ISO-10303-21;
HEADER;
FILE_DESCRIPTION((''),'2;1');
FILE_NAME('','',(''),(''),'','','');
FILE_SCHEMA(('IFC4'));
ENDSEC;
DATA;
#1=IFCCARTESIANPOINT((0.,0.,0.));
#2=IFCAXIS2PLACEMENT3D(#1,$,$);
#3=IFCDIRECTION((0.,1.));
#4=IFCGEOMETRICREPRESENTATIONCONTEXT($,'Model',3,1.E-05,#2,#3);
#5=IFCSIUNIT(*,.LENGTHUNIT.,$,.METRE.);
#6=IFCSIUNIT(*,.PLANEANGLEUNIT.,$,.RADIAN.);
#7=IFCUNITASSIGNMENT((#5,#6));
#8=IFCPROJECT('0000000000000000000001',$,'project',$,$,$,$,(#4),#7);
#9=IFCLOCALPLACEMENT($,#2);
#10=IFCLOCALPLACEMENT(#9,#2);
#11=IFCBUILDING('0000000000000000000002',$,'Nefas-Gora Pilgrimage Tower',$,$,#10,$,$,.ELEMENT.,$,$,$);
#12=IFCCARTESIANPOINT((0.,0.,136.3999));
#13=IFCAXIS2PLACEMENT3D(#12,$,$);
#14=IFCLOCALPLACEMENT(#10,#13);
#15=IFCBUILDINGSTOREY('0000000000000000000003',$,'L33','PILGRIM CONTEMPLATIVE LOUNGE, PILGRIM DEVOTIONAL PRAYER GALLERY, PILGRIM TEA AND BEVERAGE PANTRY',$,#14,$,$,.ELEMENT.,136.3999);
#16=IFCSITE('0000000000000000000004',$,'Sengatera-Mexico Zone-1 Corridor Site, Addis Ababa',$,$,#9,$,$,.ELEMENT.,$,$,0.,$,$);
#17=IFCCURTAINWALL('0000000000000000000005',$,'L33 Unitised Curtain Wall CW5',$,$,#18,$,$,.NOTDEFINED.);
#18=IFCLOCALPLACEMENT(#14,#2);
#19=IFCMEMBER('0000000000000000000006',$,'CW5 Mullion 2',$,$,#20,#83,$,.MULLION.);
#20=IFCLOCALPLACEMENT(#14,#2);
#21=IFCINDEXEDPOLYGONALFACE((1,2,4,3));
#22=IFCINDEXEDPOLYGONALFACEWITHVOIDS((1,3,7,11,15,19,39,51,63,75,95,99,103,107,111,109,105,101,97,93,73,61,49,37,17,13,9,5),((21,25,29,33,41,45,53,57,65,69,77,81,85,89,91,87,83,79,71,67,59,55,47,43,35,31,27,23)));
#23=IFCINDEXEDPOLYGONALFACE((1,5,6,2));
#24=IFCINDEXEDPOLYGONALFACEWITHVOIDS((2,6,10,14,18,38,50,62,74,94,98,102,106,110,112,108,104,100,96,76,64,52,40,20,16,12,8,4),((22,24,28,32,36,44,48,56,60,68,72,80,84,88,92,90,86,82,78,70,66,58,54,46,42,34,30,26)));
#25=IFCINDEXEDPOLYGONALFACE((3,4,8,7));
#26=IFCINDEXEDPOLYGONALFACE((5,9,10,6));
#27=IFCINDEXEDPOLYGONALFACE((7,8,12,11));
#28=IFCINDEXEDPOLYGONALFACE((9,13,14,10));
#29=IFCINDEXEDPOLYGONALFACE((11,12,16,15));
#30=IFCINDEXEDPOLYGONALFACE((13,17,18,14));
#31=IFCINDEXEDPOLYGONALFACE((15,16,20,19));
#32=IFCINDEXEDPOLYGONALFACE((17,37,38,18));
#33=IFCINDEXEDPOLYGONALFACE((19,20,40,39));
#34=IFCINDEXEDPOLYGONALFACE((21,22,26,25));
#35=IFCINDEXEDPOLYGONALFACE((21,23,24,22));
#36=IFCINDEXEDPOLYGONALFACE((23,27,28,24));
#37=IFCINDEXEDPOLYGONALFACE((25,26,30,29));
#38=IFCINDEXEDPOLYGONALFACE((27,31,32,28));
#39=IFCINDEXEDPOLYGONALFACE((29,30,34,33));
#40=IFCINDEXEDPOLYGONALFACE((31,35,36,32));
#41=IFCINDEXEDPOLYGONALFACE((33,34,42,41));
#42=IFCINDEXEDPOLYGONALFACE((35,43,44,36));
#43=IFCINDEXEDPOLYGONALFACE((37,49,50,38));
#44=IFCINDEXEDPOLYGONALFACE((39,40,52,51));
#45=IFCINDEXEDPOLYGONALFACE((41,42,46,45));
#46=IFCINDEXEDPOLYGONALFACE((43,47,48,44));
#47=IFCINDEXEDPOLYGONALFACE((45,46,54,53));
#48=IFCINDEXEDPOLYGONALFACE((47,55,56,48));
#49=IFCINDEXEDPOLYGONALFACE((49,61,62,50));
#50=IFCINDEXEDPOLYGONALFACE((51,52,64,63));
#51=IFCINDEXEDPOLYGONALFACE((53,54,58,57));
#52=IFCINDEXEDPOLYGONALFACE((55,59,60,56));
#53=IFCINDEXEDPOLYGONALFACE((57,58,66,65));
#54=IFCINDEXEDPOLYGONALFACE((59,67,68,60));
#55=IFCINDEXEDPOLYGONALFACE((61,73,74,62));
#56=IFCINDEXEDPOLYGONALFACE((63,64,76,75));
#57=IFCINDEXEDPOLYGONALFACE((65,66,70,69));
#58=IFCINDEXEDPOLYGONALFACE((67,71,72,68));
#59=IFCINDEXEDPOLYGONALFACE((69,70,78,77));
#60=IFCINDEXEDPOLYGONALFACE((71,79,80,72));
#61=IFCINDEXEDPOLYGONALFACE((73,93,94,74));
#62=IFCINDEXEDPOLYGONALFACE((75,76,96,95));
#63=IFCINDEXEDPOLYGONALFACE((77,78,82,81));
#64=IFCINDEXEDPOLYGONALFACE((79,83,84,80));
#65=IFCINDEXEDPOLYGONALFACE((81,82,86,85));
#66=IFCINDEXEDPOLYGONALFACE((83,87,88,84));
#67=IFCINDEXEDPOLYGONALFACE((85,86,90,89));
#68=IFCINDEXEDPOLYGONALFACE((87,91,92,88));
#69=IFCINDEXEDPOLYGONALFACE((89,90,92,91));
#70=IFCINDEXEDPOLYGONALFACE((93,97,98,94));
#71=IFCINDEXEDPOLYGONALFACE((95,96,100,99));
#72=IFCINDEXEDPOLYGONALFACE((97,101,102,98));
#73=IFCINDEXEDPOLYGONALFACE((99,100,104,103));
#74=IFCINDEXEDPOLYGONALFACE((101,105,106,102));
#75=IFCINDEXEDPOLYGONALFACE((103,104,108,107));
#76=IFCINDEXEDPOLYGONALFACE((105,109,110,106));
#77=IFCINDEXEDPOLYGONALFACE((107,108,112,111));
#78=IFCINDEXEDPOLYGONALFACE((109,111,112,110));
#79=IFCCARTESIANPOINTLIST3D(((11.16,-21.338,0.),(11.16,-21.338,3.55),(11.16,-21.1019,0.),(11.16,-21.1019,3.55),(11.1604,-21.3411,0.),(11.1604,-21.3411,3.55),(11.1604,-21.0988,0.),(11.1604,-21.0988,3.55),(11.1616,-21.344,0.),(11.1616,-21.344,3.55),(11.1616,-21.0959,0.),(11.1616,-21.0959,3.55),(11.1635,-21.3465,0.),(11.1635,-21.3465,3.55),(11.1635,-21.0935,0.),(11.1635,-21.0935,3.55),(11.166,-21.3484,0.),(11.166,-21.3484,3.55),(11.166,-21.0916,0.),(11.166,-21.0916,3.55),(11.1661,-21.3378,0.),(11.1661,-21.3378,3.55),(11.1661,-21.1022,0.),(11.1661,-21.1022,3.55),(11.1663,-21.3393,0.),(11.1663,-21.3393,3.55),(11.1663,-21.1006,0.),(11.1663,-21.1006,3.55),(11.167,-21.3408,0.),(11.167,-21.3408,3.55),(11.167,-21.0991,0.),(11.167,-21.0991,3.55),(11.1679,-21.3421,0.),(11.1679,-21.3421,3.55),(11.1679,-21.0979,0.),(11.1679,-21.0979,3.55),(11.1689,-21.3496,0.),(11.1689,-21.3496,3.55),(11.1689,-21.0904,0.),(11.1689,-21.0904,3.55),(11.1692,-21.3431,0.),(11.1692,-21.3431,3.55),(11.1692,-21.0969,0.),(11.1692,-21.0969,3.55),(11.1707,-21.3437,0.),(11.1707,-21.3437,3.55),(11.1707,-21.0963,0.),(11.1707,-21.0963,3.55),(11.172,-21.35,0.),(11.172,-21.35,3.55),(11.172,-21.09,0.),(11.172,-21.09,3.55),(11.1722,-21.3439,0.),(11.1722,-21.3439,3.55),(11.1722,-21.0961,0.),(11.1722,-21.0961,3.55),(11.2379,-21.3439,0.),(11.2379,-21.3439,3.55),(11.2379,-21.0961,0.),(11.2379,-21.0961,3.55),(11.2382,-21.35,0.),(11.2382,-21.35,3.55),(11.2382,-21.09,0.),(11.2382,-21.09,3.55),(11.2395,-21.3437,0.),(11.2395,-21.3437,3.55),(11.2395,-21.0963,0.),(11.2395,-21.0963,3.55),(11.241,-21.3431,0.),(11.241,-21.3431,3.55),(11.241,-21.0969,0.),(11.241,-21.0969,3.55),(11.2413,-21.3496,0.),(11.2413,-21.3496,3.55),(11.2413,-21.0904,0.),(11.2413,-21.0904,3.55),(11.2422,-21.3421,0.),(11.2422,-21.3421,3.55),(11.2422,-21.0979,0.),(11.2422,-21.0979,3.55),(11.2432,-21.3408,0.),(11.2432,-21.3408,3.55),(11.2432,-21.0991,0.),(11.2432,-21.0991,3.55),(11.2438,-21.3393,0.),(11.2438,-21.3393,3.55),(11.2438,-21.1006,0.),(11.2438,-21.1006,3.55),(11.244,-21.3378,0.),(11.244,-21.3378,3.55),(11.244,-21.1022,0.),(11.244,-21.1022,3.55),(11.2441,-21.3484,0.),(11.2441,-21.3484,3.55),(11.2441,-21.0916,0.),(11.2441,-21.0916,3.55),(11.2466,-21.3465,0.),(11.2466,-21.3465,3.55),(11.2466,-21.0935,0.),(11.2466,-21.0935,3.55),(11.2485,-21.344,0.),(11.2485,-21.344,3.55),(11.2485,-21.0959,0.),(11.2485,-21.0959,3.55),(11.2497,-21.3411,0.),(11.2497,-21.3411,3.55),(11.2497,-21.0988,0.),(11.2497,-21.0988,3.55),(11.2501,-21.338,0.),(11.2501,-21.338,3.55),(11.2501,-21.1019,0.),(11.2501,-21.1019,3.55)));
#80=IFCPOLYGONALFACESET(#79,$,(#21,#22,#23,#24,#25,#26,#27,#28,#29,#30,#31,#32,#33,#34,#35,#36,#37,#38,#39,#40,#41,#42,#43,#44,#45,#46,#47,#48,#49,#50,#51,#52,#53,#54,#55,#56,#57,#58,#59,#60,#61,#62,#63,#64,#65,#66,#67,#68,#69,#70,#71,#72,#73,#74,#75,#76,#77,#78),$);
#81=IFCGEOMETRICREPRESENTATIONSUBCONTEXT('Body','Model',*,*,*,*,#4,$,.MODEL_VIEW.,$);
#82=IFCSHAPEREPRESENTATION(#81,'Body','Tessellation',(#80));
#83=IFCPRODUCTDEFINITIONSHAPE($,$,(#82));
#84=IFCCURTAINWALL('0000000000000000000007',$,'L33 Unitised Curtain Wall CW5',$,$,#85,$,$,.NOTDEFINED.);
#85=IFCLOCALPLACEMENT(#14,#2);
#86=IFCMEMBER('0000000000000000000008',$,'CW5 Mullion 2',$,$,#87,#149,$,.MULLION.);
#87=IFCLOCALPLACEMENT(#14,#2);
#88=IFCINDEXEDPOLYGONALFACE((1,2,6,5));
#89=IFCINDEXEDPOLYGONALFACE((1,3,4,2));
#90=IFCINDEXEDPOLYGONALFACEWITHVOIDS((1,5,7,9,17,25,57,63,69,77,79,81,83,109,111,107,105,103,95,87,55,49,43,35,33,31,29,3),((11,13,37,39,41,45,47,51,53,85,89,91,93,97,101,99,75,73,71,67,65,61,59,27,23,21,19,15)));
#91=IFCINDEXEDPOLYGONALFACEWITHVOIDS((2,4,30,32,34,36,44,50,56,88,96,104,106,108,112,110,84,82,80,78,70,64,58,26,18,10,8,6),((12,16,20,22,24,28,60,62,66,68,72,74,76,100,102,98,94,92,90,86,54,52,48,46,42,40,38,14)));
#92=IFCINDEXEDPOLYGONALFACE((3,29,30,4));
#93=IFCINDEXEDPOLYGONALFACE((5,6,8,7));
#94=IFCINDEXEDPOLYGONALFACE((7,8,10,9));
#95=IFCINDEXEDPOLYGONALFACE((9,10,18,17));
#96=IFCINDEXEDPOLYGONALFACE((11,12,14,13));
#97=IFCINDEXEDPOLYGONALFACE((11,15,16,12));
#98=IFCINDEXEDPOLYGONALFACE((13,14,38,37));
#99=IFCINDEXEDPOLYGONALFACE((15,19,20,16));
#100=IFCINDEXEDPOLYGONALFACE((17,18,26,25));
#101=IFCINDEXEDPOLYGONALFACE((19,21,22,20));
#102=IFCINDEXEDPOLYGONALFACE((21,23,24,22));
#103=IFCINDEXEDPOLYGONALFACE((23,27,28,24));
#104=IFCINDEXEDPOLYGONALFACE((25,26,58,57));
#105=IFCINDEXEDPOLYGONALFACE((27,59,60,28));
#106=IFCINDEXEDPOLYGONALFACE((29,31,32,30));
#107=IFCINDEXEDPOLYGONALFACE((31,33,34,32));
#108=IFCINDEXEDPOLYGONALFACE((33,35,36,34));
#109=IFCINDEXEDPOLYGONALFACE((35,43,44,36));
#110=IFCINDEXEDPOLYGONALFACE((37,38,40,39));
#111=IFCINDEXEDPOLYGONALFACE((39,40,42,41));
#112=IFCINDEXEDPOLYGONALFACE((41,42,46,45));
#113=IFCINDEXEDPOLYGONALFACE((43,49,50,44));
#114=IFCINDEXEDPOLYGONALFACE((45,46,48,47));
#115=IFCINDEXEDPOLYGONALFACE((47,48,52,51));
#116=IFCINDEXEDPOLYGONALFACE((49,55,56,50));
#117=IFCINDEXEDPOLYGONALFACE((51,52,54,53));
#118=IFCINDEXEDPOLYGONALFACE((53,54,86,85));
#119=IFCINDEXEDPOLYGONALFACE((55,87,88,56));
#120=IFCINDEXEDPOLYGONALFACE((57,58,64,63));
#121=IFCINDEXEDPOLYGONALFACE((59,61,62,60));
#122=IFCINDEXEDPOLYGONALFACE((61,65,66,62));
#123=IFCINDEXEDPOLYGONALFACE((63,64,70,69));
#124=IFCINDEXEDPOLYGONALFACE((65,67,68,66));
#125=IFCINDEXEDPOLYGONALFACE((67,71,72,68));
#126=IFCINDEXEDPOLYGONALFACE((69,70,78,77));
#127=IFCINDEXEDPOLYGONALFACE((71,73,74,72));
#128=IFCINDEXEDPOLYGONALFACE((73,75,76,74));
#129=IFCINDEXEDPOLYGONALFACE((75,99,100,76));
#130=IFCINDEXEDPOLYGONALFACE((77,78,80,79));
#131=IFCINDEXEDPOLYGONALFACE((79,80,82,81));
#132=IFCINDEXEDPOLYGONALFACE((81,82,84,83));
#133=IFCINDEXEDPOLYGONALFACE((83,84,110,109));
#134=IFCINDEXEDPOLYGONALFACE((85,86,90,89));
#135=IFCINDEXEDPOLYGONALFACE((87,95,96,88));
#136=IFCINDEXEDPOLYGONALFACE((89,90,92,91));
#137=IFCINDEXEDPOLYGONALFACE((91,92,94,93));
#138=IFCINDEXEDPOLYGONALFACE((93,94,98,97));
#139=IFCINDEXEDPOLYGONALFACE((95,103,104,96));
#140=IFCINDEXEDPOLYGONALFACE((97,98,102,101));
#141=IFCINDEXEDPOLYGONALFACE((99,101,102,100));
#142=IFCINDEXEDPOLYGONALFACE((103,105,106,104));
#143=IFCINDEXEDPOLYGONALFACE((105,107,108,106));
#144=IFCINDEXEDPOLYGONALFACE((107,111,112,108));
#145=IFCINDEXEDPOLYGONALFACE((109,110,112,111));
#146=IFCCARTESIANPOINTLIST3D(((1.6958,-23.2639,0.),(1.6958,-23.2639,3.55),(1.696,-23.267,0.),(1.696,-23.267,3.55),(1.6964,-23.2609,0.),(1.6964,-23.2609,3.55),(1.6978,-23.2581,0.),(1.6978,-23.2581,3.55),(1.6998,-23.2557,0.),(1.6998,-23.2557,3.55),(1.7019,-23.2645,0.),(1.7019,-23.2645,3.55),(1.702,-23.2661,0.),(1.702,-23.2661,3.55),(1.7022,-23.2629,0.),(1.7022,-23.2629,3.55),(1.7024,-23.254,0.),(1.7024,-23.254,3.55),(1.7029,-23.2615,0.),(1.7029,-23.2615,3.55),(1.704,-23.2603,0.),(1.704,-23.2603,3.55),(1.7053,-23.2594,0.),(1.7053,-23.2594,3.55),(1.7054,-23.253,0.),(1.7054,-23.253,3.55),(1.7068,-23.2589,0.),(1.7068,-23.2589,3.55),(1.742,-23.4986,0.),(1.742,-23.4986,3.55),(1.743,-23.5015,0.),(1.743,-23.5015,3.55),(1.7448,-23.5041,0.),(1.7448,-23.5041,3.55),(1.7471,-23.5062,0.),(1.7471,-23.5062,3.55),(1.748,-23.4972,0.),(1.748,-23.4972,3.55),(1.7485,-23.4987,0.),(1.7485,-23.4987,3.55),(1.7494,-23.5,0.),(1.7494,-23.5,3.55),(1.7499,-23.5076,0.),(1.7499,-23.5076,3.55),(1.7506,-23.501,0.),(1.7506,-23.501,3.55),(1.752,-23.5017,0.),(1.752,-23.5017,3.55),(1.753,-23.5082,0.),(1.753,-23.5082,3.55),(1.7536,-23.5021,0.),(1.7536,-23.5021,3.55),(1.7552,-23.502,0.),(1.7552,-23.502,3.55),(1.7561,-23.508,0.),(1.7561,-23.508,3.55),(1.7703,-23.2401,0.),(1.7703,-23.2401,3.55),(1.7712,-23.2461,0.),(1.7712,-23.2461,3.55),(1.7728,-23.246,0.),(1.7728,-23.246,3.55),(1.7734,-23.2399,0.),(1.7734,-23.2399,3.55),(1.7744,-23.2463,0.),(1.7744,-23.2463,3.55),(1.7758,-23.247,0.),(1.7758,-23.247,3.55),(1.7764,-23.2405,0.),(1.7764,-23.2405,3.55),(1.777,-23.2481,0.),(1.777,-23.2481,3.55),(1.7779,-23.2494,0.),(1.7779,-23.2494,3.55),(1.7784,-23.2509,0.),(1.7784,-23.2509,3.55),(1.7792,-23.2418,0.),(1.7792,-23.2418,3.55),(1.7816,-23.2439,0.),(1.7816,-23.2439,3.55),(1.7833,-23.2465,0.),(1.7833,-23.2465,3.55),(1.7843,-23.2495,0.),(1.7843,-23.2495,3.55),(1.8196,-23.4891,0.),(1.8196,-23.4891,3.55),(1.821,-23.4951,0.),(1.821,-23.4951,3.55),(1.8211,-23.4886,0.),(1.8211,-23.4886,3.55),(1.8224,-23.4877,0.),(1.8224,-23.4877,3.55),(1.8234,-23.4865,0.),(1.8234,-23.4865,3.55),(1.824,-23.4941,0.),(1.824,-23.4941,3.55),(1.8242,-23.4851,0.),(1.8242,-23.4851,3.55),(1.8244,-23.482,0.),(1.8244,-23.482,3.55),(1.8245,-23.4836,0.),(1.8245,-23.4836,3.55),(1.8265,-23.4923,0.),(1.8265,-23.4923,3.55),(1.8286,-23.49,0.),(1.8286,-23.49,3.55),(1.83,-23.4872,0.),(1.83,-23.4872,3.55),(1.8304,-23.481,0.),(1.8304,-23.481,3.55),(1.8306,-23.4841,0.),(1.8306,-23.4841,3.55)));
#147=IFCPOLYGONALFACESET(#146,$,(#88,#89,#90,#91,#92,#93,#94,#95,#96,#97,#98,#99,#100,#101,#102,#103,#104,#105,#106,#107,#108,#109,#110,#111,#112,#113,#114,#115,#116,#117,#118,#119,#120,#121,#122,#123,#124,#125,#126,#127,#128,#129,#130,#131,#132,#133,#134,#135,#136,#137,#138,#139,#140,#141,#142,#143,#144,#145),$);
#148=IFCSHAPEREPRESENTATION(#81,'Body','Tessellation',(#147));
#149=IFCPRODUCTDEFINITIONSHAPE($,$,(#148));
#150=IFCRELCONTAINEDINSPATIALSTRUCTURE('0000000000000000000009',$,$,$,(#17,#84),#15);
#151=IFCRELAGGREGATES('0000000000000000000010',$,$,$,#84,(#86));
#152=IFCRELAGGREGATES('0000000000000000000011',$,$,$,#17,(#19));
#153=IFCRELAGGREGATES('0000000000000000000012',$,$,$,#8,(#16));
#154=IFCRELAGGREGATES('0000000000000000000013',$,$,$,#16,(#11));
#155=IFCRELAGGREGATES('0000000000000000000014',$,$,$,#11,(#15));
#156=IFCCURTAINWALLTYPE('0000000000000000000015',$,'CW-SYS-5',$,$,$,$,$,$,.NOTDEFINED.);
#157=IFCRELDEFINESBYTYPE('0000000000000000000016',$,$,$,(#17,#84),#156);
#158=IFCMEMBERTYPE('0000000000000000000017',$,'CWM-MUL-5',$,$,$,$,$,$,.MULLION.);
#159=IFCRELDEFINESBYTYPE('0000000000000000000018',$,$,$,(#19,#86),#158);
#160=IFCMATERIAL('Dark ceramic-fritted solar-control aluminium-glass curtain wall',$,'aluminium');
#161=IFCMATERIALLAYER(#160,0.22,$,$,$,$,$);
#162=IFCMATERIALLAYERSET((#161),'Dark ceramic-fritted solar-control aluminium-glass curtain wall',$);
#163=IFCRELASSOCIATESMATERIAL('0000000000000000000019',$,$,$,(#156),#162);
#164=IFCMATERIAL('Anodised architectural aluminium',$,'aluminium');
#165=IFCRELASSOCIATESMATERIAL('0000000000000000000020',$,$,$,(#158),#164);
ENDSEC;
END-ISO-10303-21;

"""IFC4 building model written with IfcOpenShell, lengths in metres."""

from ifc_helpers import new_model, si_unit, direction, frame, origin, origin_2d, place, context, subcontext, project, spatial, hollow_rectangle, extrude, source, transform, mapped, material, layer, layer_set, material_profile, profile_set, type_object, element, aggregate, save


model = new_model("IFC4")

# Units and contexts
model_context = context("Model", 3, precision=1e-05, world=origin(), true_north=direction((0.0, 1.0)))
body_context = subcontext(model_context, "Body", "Model", "MODEL_VIEW")
ifc_project = project(units=[si_unit("LENGTHUNIT", "METRE"), si_unit("PLANEANGLEUNIT", "RADIAN")], contexts=[model_context])

# Site, building, storey
site_placement = place(None, origin())
site = spatial("IfcSite", under=ifc_project, at=site_placement, Name="Sengatera-Mexico Zone-1 Corridor Site, Addis Ababa", CompositionType="ELEMENT", RefElevation=0.0)
building_placement = place(site_placement, origin())
building = spatial("IfcBuilding", under=site, at=building_placement, Name="Nefas-Gora Pilgrimage Tower", CompositionType="ELEMENT")
storey_placement = place(building_placement, frame((0.0, 0.0, 136.3999)))
storey = spatial("IfcBuildingStorey", under=building, at=storey_placement, Name="L33", Description="PILGRIM CONTEMPLATIVE LOUNGE, PILGRIM DEVOTIONAL PRAYER GALLERY, PILGRIM TEA AND BEVERAGE PANTRY", CompositionType="ELEMENT", Elevation=136.3999)

# Curtain wall, member
ifc_material_1 = material(Name="Dark ceramic-fritted solar-control aluminium-glass curtain wall", Category="aluminium")
ifc_layer_1 = layer(ifc_material_1, 0.22)
ifc_layer_set_1 = layer_set([ifc_layer_1], Name="Dark ceramic-fritted solar-control aluminium-glass curtain wall")
curtain_wall_type_1 = type_object("IfcCurtainWallType", Name="CW-SYS-5", PredefinedType="NOTDEFINED", material=ifc_layer_set_1)
curtain_wall_1_placement = place(storey_placement, origin())
curtain_wall_1 = element("IfcCurtainWall", 1, at=curtain_wall_1_placement, inside=storey, type_object=curtain_wall_type_1, Name="L33 Unitised Curtain Wall CW5", PredefinedType="NOTDEFINED")
ifc_material_2 = material(Name="Anodised architectural aluminium", Category="aluminium")
ifc_material_profile_1 = material_profile(ifc_material_2, hollow_rectangle(XDim=0.0901, YDim=0.26, WallThickness=0.0061, InnerFilletRadius=0.0061, OuterFilletRadius=0.012, at=origin_2d()), Name="ALU MULLION 90x260")
ifc_profile_set_1 = profile_set([ifc_material_profile_1], Name="Anodised architectural aluminium")
member_type_1 = type_object("IfcMemberType", Name="CWM-MUL-5", PredefinedType="MULLION", material=ifc_profile_set_1)
shared_shape_1 = source(origin(), body_context, "Body", "SweptSolid", [
    extrude(hollow_rectangle(XDim=0.0901, YDim=0.26, WallThickness=0.0061, InnerFilletRadius=0.0061, OuterFilletRadius=0.012, at=origin_2d()), origin(), (0.0, 0.0, 1.0), 3.55),
])
member_1_placement = place(storey_placement, frame((11.2051, -21.22, 0.0), z_axis=(0.0, 0.0, 1.0), x_axis=(1.0, 0.0, 0.0)))
member_1 = element("IfcMember", 2, at=member_1_placement, type_object=member_type_1, Name="CW5 Mullion 2", PredefinedType="MULLION", context=body_context, shape_type="MappedRepresentation", body=[
    mapped(shared_shape_1, transform((0.0, 0.0, 0.0), x_axis=(1.0, 0.0, 0.0), y_axis=(0.0, 1.0, 0.0), z_axis=(0.0, 0.0, 1.0), scale=1.0)),
])

# Curtain wall, member
curtain_wall_2_placement = place(storey_placement, origin())
curtain_wall_2 = element("IfcCurtainWall", 3, at=curtain_wall_2_placement, inside=storey, type_object=curtain_wall_type_1, Name="L33 Unitised Curtain Wall CW5", PredefinedType="NOTDEFINED")
member_2_placement = place(storey_placement, frame((1.7632, -23.374, 0.0), z_axis=(0.0, 0.0, 1.0), x_axis=(0.980783, 0.195102, 0.0)))
member_2 = element("IfcMember", 4, at=member_2_placement, type_object=member_type_1, Name="CW5 Mullion 2", PredefinedType="MULLION", context=body_context, shape_type="MappedRepresentation", body=[
    mapped(shared_shape_1, transform((0.0, 0.0, 0.0), x_axis=(1.0, 0.0, 0.0), y_axis=(0.0, 1.0, 0.0), z_axis=(0.0, 0.0, 1.0), scale=1.0)),
])
aggregate(curtain_wall_2, [member_2])

aggregate(curtain_wall_1, [member_1])

save(model, "model.ifc")
